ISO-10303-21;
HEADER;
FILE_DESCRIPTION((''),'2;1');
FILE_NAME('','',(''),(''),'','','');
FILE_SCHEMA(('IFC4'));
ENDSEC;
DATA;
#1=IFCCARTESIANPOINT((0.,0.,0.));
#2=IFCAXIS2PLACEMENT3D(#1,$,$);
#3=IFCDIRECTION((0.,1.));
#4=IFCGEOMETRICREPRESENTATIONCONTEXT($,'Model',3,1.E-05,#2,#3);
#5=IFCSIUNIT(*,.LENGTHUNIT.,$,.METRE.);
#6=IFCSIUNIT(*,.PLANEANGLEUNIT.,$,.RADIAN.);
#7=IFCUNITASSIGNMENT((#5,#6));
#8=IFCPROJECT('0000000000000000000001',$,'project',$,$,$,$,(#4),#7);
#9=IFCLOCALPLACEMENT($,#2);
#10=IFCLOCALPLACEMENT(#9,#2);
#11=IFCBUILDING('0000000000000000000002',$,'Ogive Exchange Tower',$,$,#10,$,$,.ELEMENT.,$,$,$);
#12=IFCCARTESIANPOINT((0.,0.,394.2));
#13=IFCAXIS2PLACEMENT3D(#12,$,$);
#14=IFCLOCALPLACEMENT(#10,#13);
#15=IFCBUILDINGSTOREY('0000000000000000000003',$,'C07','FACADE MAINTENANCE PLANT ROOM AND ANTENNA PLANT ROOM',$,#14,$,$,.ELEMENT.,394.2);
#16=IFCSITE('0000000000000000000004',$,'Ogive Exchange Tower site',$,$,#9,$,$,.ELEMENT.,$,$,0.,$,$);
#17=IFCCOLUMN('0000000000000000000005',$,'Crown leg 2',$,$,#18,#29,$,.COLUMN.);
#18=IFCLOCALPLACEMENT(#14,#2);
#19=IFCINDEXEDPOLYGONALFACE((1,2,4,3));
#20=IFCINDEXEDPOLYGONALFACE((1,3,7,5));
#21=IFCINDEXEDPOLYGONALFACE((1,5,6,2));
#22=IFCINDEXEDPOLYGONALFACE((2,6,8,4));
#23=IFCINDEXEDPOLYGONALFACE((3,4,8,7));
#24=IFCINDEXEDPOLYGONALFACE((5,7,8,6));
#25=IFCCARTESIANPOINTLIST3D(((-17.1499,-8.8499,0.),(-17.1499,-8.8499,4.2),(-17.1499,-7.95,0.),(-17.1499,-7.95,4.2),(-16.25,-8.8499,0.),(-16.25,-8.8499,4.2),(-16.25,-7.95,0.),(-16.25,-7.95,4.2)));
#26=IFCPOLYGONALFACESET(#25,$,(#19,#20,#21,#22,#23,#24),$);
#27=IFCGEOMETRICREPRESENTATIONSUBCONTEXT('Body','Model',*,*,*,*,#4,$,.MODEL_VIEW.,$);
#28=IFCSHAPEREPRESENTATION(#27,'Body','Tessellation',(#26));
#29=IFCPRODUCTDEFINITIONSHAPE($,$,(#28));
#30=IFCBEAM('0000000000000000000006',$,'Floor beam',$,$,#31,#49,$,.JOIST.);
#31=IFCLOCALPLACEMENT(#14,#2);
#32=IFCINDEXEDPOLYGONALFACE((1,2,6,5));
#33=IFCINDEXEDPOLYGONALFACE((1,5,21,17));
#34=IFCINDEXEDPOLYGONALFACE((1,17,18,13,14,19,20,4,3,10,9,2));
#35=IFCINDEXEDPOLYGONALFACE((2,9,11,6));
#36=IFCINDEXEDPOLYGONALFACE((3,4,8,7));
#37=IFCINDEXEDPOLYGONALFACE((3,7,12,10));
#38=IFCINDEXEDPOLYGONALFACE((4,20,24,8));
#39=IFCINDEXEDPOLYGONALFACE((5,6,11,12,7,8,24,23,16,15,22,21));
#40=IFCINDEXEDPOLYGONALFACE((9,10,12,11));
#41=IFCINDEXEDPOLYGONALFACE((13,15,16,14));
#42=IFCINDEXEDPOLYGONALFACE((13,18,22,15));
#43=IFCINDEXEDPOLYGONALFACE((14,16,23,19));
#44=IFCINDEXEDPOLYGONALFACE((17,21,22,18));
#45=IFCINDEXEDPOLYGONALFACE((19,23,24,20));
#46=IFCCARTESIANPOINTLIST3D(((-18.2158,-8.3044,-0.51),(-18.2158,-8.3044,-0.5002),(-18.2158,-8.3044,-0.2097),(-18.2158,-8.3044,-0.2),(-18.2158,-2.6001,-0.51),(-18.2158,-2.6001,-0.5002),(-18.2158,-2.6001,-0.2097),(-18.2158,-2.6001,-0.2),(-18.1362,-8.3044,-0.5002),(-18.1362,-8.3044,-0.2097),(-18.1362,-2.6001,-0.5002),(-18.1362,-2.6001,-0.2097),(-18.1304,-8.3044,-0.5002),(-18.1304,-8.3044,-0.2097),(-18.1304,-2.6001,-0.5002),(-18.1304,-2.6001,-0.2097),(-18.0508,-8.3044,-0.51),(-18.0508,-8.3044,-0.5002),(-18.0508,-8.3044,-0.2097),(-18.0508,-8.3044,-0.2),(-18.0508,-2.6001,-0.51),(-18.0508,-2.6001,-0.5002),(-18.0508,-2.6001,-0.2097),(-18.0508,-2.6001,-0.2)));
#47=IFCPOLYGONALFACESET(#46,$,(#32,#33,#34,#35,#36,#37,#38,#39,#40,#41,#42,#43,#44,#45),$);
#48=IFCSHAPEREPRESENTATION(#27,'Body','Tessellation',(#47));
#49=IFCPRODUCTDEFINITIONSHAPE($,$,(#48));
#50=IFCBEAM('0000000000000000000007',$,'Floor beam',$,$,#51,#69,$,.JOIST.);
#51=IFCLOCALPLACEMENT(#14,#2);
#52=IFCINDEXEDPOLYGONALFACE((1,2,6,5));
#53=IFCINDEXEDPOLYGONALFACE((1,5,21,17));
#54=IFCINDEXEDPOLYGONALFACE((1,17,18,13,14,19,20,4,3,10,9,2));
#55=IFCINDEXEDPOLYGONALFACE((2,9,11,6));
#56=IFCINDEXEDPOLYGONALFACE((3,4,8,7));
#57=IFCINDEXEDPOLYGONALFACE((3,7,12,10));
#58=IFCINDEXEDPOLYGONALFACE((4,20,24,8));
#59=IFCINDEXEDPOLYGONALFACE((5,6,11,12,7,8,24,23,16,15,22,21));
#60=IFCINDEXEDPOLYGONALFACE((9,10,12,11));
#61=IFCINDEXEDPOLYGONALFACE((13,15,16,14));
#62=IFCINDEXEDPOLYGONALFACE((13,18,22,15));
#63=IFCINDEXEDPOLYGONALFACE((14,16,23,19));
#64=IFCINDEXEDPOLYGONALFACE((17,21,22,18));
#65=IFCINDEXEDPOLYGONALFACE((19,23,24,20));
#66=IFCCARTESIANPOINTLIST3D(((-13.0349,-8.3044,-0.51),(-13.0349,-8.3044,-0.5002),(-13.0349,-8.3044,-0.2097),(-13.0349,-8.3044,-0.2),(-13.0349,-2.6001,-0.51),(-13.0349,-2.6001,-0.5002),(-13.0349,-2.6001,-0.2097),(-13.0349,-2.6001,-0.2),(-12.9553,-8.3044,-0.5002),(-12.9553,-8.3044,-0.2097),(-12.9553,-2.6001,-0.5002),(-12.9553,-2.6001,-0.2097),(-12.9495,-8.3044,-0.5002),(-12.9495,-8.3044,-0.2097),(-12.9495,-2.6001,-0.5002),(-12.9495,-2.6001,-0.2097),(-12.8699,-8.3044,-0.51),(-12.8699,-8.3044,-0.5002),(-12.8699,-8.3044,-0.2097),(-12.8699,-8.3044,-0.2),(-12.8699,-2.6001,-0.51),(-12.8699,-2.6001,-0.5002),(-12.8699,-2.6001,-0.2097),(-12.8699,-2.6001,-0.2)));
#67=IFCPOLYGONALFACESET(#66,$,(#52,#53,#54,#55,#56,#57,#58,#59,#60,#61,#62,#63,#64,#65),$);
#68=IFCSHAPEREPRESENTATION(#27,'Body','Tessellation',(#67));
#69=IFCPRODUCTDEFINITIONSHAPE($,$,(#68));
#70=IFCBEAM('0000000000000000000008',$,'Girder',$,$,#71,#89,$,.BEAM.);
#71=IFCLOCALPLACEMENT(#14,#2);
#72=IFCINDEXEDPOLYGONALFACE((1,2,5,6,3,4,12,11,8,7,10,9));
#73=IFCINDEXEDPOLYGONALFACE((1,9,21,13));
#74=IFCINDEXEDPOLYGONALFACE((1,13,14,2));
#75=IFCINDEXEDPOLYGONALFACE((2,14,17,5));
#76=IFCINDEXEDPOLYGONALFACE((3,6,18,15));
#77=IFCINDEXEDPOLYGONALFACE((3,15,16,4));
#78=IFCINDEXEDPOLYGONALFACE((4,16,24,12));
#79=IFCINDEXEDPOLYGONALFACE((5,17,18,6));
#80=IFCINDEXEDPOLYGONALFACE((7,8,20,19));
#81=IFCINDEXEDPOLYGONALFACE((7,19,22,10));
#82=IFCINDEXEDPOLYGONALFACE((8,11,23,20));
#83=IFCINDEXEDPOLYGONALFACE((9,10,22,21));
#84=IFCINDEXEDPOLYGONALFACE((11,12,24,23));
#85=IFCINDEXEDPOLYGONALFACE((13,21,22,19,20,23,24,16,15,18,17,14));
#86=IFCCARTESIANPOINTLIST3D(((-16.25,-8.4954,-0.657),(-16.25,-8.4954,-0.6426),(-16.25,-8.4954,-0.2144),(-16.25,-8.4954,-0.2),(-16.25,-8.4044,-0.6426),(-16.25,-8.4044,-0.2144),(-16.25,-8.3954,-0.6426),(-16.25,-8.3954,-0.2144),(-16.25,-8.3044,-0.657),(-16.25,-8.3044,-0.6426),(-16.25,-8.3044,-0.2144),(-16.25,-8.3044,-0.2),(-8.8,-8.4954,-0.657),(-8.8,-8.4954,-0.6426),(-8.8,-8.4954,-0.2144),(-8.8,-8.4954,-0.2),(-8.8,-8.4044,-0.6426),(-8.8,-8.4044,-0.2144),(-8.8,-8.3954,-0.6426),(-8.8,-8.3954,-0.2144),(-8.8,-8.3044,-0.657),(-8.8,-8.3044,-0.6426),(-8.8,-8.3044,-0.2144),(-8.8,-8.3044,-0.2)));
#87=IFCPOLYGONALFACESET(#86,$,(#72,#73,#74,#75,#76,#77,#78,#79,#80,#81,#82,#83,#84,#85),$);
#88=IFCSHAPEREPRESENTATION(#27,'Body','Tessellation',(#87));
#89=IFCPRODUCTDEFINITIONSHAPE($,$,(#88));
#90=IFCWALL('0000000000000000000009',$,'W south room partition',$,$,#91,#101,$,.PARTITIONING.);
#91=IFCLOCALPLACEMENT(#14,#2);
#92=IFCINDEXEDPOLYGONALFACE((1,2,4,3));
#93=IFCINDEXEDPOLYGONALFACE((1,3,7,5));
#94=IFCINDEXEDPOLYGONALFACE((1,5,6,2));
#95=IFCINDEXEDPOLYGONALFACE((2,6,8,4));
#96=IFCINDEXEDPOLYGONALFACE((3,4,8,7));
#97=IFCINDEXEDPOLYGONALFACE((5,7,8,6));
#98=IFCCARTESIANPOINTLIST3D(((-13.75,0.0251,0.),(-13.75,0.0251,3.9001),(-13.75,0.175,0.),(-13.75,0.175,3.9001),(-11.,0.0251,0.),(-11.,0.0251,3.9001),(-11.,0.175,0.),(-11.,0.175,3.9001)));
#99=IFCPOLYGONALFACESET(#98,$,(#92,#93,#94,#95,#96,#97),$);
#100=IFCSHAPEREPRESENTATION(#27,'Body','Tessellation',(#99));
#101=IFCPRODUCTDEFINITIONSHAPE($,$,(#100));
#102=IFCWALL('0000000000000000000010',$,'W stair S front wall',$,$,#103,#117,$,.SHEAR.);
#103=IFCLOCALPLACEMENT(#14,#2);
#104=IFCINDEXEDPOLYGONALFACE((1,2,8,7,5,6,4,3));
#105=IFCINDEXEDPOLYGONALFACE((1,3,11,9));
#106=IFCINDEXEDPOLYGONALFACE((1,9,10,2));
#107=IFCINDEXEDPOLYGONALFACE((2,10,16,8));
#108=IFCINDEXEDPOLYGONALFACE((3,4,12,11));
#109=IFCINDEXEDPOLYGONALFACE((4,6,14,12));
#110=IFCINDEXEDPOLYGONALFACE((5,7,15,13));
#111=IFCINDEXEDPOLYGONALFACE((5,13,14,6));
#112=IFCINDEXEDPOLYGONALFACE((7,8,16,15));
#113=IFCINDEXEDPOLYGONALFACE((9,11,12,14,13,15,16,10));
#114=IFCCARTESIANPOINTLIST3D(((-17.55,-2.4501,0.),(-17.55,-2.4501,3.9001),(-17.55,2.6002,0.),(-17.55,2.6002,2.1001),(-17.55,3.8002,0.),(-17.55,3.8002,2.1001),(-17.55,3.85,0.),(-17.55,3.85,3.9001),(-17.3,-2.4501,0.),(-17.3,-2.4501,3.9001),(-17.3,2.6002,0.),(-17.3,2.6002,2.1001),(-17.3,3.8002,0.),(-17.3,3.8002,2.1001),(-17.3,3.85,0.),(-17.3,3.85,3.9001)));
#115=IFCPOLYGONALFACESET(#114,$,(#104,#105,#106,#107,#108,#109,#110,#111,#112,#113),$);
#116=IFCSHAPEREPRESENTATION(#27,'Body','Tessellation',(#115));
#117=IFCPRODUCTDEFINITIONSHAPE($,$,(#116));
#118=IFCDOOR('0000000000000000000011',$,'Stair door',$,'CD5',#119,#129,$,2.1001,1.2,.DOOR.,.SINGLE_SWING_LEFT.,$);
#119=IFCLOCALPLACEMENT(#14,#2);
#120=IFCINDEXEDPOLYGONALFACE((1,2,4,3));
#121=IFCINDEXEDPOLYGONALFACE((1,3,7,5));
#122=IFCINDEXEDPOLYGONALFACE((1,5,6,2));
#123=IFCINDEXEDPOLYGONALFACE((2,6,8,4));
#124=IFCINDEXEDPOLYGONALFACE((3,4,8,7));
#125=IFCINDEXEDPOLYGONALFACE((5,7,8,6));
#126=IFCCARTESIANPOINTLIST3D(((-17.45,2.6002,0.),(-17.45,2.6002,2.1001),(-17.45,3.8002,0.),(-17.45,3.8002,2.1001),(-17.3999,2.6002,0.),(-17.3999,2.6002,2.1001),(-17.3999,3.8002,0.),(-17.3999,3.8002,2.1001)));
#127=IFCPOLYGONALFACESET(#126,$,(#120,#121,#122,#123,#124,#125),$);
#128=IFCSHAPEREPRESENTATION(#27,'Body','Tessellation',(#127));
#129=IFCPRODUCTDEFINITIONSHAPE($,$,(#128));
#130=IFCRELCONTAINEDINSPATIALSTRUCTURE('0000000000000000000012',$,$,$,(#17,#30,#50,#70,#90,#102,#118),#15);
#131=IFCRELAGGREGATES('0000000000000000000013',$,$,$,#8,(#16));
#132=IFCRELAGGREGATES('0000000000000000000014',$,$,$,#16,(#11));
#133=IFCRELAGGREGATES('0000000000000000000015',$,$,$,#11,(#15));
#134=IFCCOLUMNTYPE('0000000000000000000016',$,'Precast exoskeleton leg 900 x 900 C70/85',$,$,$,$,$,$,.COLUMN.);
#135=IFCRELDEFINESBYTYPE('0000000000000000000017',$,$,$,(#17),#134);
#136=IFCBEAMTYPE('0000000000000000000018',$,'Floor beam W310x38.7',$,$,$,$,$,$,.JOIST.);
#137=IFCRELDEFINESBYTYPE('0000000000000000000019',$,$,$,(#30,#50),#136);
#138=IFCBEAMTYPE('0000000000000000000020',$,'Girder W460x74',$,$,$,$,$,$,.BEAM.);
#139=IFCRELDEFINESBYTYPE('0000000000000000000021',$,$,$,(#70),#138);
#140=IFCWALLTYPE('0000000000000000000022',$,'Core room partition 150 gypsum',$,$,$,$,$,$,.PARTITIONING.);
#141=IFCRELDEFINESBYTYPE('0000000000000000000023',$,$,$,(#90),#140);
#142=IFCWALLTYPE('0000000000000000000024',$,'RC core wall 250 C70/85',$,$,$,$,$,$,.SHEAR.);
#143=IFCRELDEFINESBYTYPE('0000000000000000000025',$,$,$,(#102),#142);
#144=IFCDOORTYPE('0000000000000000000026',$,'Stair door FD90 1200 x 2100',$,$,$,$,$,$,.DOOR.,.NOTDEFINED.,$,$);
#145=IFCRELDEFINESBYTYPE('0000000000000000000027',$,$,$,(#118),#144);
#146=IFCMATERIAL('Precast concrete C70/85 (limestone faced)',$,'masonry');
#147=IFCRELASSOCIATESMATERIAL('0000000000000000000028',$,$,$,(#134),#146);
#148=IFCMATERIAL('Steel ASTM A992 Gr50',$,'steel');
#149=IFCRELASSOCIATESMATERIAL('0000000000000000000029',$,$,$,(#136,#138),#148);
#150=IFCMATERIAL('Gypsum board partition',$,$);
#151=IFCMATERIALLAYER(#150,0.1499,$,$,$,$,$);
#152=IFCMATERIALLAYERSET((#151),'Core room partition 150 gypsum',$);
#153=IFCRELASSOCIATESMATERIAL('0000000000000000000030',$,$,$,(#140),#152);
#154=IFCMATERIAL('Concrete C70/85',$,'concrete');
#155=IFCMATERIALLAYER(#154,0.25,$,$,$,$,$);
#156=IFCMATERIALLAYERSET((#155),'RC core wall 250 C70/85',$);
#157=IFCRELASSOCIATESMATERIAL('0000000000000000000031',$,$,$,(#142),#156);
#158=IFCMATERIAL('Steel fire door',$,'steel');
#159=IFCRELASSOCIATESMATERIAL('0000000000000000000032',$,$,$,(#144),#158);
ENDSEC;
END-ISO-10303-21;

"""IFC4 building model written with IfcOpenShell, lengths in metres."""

from ifc_helpers import new_model, si_unit, direction, frame, frame_2d, origin, origin_2d, place, context, subcontext, project, spatial, rectangle, i_section, extrude, material, layer, layer_set, material_profile, profile_set, type_object, element, fill, save


model = new_model("IFC4")

# Units and contexts
model_context = context("Model", 3, precision=1e-05, world=origin(), true_north=direction((0.0, 1.0)))
body_context = subcontext(model_context, "Body", "Model", "MODEL_VIEW")
ifc_project = project(units=[si_unit("LENGTHUNIT", "METRE"), si_unit("PLANEANGLEUNIT", "RADIAN")], contexts=[model_context])

# Site, building, storey
site_placement = place(None, origin())
site = spatial("IfcSite", under=ifc_project, at=site_placement, Name="Ogive Exchange Tower site", CompositionType="ELEMENT", RefElevation=0.0)
building_placement = place(site_placement, origin())
building = spatial("IfcBuilding", under=site, at=building_placement, Name="Ogive Exchange Tower", CompositionType="ELEMENT")
storey_placement = place(building_placement, frame((0.0, 0.0, 394.2)))
storey = spatial("IfcBuildingStorey", under=building, at=storey_placement, Name="C07", Description="FACADE MAINTENANCE PLANT ROOM AND ANTENNA PLANT ROOM", CompositionType="ELEMENT", Elevation=394.2)

# Column
ifc_material_1 = material(Name="Precast concrete C70/85 (limestone faced)", Category="masonry")
ifc_material_profile_1 = material_profile(ifc_material_1, rectangle(XDim=0.8999, YDim=0.8999, at=origin_2d()), Name="900 x 900")
ifc_profile_set_1 = profile_set([ifc_material_profile_1], Name="Precast concrete C70/85 (limestone faced)")
column_type = type_object("IfcColumnType", Name="Precast exoskeleton leg 900 x 900 C70/85", PredefinedType="COLUMN", material=ifc_profile_set_1)
column_placement = place(storey_placement, frame((-16.7, -8.3999, 0.0), z_axis=(0.0, 0.0, 1.0), x_axis=(1.0, 0.0, 0.0)))
element("IfcColumn", 1, at=column_placement, inside=storey, type_object=column_type, Name="Crown leg 2", PredefinedType="COLUMN", context=body_context, shape_type="SweptSolid", body=[
    extrude(rectangle(XDim=0.8999, YDim=0.8999, at=origin_2d()), origin(), (0.0, 0.0, 1.0), 4.2),
])

# Beams
ifc_material_2 = material(Name="Steel ASTM A992 Gr50", Category="steel")
ifc_material_profile_2 = material_profile(ifc_material_2, i_section(OverallWidth=0.165, OverallDepth=0.3101, WebThickness=0.0059, FlangeThickness=0.0098, at=origin_2d()), Name="W310x38.7")
ifc_profile_set_2 = profile_set([ifc_material_profile_2], Name="Steel ASTM A992 Gr50")
beam_type_1 = type_object("IfcBeamType", Name="Floor beam W310x38.7", PredefinedType="JOIST", material=ifc_profile_set_2)
for number, where, z_axis, x_axis, name in (
    (2, (-18.1333, -8.3044, -0.355), (0.0, 1.0, 0.0), (-1.0, 0.0, 0.0), "Floor beam"),
    (3, (-12.9524, -8.3044, -0.355), (0.0, 1.0, 0.0), (-1.0, 0.0, 0.0), "Floor beam"),
):
    element("IfcBeam", number, at=place(storey_placement, frame(where, z_axis=z_axis, x_axis=x_axis)), inside=storey, type_object=beam_type_1, Name=name, PredefinedType="JOIST", context=body_context, shape_type="SweptSolid", body=[
        extrude(i_section(OverallWidth=0.165, OverallDepth=0.3101, WebThickness=0.0059, FlangeThickness=0.0098, at=origin_2d()), origin(), (0.0, 0.0, 1.0), 5.7043),
    ])
ifc_material_profile_3 = material_profile(ifc_material_2, i_section(OverallWidth=0.1909, OverallDepth=0.457, WebThickness=0.009, FlangeThickness=0.0144, at=origin_2d()), Name="W460x74")
ifc_profile_set_3 = profile_set([ifc_material_profile_3], Name="Steel ASTM A992 Gr50")
beam_type_2 = type_object("IfcBeamType", Name="Girder W460x74", PredefinedType="BEAM", material=ifc_profile_set_3)
beam_placement = place(storey_placement, frame((-16.25, -8.3999, -0.4285), z_axis=(1.0, 0.0, 0.0), x_axis=(0.0, 1.0, 0.0)))
element("IfcBeam", 4, at=beam_placement, inside=storey, type_object=beam_type_2, Name="Girder", PredefinedType="BEAM", context=body_context, shape_type="SweptSolid", body=[
    extrude(i_section(OverallWidth=0.1909, OverallDepth=0.457, WebThickness=0.009, FlangeThickness=0.0144, at=origin_2d()), origin(), (0.0, 0.0, 1.0), 7.45),
])

# Wall
ifc_material_3 = material(Name="Gypsum board partition")
ifc_layer_1 = layer(ifc_material_3, 0.1499)
ifc_layer_set_1 = layer_set([ifc_layer_1], Name="Core room partition 150 gypsum")
wall_type_1 = type_object("IfcWallType", Name="Core room partition 150 gypsum", PredefinedType="PARTITIONING", material=ifc_layer_set_1)
wall_1_placement = place(storey_placement, frame((-13.75, 0.1001, 0.0), z_axis=(0.0, 0.0, 1.0), x_axis=(1.0, 0.0, 0.0)))
element("IfcWall", 5, at=wall_1_placement, inside=storey, type_object=wall_type_1, Name="W south room partition", PredefinedType="PARTITIONING", context=body_context, shape_type="SweptSolid", body=[
    extrude(rectangle(XDim=2.75, YDim=0.1499, at=frame_2d((1.375, 0.0))), origin(), (0.0, 0.0, 1.0), 3.9001),
])

# Wall, opening, door
ifc_material_4 = material(Name="Concrete C70/85", Category="concrete")
ifc_layer_2 = layer(ifc_material_4, 0.25)
ifc_layer_set_2 = layer_set([ifc_layer_2], Name="RC core wall 250 C70/85")
wall_type_2 = type_object("IfcWallType", Name="RC core wall 250 C70/85", PredefinedType="SHEAR", material=ifc_layer_set_2)
wall_2_placement = place(storey_placement, frame((-17.425, -2.45, 0.0), z_axis=(0.0, 0.0, 1.0), x_axis=(0.0, 1.0, 0.0)))
wall_2 = element("IfcWall", 6, at=wall_2_placement, inside=storey, type_object=wall_type_2, Name="W stair S front wall", PredefinedType="SHEAR", context=body_context, shape_type="SweptSolid", body=[
    extrude(rectangle(XDim=6.3, YDim=0.25, at=frame_2d((3.1499, 0.0))), origin(), (0.0, 0.0, 1.0), 3.9001),
])
opening_1_placement = place(wall_2_placement, frame((5.05, 0.0, 0.0)))
opening_1 = element("IfcOpeningElement", 7, at=opening_1_placement, cuts=wall_2, PredefinedType="OPENING", context=body_context, shape_type="SweptSolid", body=[
    extrude(rectangle(XDim=1.2, YDim=2.1001, at=frame_2d((0.6001, 1.05))), frame((0.0, 0.135, 0.0), z_axis=(0.0, -1.0, 0.0), x_axis=(1.0, 0.0, 0.0)), (0.0, 0.0, 1.0), 0.27),
])
ifc_material_5 = material(Name="Steel fire door", Category="steel")
door_type_1 = type_object("IfcDoorType", Name="Stair door FD90 1200 x 2100", OperationType="NOTDEFINED", PredefinedType="DOOR", material=ifc_material_5)
door_1_placement = place(opening_1_placement, origin())
door_1 = element("IfcDoor", 8, at=door_1_placement, inside=storey, type_object=door_type_1, Name="Stair door", ObjectType="CD5", OperationType="SINGLE_SWING_LEFT", OverallHeight=2.1001, OverallWidth=1.2, PredefinedType="DOOR", context=body_context, shape_type="SweptSolid", body=[
    extrude(rectangle(XDim=1.2, YDim=2.1001, at=frame_2d((0.6001, 1.05))), frame((0.0, 0.0249, 0.0), z_axis=(0.0, -1.0, 0.0), x_axis=(1.0, 0.0, 0.0)), (0.0, 0.0, 1.0), 0.05),
])
fill(opening_1, door_1)

save(model, "model.ifc")
